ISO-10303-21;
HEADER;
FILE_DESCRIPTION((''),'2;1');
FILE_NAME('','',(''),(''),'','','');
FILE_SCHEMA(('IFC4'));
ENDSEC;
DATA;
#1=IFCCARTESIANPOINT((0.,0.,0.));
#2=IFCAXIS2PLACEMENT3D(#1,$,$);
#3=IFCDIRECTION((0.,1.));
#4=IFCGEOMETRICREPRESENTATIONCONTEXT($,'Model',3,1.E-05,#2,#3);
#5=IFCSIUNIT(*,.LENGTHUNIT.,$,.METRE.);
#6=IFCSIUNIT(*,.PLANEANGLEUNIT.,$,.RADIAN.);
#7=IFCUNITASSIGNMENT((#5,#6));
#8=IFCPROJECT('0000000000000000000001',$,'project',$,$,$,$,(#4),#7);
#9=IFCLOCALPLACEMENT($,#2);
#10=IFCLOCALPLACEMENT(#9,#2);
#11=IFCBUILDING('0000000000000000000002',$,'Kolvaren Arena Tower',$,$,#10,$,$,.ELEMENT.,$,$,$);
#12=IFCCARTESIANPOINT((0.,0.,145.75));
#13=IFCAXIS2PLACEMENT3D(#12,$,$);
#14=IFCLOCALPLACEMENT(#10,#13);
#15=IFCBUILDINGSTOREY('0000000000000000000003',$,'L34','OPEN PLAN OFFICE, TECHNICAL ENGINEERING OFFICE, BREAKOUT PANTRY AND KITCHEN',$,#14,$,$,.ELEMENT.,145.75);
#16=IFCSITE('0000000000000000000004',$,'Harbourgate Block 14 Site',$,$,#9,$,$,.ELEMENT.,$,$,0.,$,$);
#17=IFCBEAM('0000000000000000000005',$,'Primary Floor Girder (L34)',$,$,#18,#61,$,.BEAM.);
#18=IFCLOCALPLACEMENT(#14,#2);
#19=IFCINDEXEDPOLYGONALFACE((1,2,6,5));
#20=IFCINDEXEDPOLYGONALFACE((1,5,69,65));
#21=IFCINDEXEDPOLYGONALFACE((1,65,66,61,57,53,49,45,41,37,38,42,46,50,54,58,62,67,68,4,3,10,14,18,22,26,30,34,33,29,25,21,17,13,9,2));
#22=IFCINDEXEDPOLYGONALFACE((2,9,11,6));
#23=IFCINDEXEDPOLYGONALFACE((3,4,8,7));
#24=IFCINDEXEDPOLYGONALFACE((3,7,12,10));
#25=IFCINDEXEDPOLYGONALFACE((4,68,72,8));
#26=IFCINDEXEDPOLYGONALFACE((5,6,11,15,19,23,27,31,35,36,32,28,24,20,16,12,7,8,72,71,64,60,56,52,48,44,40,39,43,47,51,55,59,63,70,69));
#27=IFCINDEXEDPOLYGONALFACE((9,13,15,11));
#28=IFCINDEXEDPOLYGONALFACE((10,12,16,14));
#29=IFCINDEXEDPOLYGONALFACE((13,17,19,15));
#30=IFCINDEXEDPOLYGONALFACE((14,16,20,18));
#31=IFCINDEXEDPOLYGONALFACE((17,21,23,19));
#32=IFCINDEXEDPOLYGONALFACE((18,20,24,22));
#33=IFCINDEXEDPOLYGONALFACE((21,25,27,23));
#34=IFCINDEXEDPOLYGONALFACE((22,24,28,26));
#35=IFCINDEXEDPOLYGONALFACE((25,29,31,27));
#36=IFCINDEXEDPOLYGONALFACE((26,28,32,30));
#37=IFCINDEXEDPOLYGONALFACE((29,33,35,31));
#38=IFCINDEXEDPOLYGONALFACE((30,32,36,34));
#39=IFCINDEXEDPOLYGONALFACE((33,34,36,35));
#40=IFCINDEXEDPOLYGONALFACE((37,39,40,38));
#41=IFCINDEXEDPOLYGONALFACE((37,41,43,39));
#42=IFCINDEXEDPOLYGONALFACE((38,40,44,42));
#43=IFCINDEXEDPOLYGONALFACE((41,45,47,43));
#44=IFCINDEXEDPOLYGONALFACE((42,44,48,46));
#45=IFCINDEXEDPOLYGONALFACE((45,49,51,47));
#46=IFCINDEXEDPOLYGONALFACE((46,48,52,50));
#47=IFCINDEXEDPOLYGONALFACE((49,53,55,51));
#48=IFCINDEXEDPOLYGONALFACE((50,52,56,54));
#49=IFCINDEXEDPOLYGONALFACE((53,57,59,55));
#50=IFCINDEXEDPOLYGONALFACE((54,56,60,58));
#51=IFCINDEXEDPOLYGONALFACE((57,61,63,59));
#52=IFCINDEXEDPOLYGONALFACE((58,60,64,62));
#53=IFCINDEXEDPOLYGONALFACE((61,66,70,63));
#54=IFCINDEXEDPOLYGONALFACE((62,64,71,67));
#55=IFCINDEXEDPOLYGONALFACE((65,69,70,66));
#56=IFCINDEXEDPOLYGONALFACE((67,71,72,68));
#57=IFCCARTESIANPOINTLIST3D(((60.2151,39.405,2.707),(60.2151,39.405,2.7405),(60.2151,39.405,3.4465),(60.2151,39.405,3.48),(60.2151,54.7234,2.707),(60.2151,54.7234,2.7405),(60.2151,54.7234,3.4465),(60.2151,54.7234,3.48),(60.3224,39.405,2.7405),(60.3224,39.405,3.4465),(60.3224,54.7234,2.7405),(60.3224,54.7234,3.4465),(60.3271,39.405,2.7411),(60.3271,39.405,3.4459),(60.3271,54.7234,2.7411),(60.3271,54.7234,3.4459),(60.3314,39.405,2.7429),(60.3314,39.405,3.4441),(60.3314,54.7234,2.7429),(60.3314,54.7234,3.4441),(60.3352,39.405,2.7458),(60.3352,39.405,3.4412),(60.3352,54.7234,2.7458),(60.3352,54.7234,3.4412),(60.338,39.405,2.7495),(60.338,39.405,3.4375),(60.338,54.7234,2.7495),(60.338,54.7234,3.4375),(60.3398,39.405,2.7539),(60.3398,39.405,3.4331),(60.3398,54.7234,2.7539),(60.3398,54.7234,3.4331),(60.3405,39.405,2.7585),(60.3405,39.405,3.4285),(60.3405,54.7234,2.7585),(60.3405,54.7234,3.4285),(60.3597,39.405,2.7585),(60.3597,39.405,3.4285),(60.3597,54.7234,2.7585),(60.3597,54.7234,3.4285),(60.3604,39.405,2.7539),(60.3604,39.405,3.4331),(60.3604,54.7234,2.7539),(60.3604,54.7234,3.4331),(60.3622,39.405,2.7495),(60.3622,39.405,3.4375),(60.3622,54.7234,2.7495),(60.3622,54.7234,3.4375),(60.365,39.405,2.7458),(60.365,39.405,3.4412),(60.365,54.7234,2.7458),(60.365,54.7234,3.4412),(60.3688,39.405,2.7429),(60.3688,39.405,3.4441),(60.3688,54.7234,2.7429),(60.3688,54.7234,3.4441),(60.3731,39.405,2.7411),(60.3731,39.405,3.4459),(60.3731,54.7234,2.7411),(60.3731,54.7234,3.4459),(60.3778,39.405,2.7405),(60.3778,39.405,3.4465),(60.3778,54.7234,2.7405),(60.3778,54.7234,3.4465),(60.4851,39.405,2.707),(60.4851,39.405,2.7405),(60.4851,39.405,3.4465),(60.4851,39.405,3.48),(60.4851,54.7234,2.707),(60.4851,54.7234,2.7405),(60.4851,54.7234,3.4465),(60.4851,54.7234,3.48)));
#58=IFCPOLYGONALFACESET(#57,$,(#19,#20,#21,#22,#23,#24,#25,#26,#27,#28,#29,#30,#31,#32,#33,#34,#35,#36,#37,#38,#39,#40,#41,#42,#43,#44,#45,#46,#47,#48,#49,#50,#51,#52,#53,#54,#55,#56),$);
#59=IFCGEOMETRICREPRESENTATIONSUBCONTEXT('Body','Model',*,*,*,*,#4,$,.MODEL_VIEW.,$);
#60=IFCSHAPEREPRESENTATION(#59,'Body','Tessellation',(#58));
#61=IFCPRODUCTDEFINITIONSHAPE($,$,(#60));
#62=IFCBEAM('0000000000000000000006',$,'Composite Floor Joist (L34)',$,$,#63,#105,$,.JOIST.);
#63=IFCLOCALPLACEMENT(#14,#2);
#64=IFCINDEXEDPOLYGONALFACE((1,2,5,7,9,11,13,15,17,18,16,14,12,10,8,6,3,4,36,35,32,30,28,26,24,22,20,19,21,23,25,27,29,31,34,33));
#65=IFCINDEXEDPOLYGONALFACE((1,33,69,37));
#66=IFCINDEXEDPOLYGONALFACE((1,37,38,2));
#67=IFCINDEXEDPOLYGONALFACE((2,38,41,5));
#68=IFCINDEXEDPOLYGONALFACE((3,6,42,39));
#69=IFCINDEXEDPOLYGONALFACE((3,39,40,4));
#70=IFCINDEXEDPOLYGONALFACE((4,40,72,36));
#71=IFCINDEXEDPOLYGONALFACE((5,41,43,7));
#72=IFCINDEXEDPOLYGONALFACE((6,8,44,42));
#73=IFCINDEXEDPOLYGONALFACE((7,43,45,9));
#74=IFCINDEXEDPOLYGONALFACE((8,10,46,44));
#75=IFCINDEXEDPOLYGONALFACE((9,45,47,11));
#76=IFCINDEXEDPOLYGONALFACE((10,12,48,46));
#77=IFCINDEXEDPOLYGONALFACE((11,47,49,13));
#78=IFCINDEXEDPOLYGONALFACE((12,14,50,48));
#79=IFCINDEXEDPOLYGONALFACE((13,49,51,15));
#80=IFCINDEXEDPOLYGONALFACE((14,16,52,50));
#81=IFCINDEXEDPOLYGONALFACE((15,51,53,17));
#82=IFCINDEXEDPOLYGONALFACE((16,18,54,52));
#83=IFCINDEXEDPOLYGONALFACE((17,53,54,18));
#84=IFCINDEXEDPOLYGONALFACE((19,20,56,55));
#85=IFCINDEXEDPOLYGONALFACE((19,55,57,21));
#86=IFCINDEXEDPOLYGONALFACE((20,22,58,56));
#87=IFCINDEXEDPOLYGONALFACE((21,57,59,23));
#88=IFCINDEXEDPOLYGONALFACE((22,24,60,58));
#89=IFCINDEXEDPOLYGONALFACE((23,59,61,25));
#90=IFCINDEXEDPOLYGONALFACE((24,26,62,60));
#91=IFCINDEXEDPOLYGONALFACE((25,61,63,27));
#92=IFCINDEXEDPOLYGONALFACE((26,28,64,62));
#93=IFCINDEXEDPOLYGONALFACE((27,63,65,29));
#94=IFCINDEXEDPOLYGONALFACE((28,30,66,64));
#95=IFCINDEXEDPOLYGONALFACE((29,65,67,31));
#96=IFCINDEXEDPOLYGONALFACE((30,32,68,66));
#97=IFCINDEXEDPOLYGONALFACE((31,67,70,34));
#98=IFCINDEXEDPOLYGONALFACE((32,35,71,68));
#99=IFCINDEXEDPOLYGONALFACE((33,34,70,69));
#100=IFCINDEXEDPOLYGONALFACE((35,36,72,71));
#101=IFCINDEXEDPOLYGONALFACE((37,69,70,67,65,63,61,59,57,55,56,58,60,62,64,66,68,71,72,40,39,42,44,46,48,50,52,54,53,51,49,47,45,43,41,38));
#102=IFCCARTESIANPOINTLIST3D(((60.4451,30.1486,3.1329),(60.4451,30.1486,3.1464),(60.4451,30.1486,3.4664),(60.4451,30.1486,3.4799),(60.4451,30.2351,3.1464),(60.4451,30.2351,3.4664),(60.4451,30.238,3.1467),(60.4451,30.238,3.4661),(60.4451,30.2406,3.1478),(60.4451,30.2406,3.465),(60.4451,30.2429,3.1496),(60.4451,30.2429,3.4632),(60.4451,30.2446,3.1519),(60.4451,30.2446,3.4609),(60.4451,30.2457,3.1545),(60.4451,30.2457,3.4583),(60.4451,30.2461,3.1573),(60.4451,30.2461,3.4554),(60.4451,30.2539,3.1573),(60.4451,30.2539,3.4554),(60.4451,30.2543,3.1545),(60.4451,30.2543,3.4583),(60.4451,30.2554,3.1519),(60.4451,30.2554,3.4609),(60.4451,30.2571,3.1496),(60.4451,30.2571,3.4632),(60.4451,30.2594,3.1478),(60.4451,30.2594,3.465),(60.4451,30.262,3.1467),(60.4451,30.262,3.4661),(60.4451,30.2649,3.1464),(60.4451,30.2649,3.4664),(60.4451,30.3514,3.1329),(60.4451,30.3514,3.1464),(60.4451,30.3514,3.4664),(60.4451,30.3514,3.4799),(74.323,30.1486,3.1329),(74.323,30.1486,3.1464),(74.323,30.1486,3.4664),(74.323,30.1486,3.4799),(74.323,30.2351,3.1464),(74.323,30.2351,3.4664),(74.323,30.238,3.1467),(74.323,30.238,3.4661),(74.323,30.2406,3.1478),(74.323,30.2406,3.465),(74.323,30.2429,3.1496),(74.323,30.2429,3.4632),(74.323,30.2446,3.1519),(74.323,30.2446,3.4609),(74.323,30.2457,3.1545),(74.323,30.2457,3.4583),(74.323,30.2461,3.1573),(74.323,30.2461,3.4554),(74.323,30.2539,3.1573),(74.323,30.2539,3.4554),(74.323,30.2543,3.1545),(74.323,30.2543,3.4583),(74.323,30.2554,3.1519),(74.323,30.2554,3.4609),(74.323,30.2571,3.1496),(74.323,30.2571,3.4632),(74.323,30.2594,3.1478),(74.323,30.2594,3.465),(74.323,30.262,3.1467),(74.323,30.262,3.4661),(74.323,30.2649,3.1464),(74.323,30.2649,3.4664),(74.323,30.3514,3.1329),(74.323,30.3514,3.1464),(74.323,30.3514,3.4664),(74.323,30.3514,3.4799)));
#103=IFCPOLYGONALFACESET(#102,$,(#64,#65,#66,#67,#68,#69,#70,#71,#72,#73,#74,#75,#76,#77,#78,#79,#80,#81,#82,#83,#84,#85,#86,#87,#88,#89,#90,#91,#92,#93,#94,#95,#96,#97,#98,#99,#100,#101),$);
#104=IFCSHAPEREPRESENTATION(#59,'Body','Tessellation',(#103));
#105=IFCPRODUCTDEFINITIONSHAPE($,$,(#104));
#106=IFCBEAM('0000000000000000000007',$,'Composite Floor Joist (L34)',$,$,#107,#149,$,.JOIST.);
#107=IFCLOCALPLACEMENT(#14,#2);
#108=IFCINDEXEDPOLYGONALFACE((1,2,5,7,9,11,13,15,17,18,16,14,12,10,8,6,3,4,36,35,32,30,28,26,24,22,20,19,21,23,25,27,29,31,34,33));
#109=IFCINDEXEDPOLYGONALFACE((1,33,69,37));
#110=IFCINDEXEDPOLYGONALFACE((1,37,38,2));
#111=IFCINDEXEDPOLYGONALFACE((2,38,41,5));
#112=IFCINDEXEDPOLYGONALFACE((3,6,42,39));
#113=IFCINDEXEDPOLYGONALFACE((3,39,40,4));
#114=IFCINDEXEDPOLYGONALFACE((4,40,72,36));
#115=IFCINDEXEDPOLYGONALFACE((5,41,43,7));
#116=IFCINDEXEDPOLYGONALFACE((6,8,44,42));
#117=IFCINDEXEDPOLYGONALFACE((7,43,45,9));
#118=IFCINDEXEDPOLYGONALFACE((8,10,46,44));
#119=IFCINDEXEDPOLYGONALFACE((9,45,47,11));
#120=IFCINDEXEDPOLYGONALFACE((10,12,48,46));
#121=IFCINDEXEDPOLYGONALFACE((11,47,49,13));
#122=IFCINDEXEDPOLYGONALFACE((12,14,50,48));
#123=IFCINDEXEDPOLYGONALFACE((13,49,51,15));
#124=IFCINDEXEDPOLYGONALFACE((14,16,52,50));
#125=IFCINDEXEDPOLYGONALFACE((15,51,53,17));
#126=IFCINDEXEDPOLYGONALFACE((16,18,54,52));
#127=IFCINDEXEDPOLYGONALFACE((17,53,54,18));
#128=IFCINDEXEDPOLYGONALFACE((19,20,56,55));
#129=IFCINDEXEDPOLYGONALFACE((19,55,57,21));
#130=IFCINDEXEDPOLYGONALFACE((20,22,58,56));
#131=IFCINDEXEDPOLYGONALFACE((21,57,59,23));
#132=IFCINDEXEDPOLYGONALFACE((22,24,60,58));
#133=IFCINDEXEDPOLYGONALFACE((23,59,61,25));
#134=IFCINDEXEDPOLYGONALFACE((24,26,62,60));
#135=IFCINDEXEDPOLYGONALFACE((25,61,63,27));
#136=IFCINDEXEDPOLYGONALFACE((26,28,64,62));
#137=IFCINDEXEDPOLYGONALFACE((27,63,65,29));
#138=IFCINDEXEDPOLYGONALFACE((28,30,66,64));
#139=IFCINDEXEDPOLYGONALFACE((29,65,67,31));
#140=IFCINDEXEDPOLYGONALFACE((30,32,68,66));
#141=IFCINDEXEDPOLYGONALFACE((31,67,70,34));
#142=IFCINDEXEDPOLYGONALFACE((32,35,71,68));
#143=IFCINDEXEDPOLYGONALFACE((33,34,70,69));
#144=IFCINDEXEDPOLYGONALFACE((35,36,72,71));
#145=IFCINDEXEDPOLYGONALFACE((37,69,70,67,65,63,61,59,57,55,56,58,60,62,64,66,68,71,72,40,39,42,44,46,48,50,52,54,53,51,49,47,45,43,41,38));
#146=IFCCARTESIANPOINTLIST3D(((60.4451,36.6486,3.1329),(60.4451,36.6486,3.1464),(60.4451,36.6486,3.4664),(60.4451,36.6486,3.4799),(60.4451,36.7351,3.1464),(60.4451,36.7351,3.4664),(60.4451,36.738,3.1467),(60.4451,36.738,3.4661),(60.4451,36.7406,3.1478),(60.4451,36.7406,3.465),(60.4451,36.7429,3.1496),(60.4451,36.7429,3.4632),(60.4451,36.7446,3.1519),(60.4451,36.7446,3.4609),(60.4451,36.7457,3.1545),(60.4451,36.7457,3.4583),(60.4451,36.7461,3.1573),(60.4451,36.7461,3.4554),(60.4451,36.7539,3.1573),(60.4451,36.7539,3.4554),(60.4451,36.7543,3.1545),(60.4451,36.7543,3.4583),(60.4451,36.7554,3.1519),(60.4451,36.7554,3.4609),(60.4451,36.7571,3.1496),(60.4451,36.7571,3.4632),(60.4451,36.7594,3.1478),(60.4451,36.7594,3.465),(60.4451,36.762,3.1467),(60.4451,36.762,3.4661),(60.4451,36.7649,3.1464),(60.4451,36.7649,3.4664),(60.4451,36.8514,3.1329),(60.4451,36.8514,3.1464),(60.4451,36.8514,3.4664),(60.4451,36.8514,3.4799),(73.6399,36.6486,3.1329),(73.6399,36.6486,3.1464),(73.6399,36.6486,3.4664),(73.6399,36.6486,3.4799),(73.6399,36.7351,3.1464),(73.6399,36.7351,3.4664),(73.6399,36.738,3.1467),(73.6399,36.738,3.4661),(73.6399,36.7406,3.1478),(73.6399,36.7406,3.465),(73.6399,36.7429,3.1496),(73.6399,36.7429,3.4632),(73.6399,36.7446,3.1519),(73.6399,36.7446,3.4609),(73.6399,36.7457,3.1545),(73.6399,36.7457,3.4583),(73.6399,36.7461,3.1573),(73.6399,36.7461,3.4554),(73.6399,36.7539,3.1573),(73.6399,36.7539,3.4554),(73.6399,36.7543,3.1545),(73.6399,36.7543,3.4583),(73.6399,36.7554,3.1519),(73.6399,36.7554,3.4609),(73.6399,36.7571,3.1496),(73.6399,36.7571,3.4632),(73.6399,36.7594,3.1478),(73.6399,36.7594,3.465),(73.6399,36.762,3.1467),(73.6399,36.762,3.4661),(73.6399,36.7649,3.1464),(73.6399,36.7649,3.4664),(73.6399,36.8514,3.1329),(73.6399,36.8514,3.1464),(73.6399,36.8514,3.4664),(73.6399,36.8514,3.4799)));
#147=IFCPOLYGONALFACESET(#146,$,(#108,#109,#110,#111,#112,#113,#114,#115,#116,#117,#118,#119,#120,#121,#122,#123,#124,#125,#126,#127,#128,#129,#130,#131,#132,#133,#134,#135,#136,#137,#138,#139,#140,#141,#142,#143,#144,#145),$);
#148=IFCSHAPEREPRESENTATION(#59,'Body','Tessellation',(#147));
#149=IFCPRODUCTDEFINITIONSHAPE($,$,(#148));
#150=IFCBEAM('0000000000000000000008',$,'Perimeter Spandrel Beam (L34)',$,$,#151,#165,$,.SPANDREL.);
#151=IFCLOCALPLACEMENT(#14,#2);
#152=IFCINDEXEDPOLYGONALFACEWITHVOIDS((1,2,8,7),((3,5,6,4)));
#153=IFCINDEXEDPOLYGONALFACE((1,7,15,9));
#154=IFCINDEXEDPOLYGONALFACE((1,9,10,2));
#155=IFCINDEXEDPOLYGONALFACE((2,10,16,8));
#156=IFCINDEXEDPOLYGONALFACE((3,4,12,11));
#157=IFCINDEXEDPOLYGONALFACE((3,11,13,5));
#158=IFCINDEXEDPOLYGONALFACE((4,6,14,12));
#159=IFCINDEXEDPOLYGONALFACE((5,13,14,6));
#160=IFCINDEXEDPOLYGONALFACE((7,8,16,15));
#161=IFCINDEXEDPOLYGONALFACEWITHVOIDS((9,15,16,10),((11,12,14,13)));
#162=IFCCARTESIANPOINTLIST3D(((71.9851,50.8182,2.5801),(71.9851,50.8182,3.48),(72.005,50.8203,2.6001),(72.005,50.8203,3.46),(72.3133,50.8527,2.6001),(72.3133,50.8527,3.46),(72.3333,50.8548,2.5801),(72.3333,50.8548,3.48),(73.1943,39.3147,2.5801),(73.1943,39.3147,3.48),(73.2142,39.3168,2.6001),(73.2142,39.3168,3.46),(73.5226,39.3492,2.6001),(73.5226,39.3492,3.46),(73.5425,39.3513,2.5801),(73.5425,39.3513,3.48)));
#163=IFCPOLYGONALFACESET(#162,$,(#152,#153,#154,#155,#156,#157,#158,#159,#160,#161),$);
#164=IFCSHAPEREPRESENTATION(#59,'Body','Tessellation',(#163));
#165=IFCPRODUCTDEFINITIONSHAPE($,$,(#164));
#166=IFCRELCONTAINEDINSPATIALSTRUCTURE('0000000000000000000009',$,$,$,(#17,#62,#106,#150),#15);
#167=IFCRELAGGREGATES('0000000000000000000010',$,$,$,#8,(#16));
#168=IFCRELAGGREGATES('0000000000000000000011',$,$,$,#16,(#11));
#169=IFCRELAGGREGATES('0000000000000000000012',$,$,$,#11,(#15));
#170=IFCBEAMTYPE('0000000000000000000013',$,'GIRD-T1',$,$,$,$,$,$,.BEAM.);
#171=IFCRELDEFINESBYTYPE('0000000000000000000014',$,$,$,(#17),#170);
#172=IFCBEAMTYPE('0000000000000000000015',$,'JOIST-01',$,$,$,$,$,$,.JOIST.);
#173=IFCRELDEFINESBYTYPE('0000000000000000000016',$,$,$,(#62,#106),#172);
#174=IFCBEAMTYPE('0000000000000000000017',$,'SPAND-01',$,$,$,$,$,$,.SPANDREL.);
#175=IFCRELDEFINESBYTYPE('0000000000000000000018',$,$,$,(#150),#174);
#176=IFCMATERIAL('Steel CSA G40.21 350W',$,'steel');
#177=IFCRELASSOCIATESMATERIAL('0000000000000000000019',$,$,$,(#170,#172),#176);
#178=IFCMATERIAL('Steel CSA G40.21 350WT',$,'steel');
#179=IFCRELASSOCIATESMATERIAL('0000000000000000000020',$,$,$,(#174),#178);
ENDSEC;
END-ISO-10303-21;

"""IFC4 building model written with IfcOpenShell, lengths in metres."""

from ifc_helpers import new_model, si_unit, direction, frame, origin, origin_2d, place, context, subcontext, project, spatial, hollow_rectangle, i_section, extrude, material, material_profile, profile_set, type_object, element, save


model = new_model("IFC4")

# Units and contexts
model_context = context("Model", 3, precision=1e-05, world=origin(), true_north=direction((0.0, 1.0)))
body_context = subcontext(model_context, "Body", "Model", "MODEL_VIEW")
ifc_project = project(units=[si_unit("LENGTHUNIT", "METRE"), si_unit("PLANEANGLEUNIT", "RADIAN")], contexts=[model_context])

# Site, building, storey
site_placement = place(None, origin())
site = spatial("IfcSite", under=ifc_project, at=site_placement, Name="Harbourgate Block 14 Site", CompositionType="ELEMENT", RefElevation=0.0)
building_placement = place(site_placement, origin())
building = spatial("IfcBuilding", under=site, at=building_placement, Name="Kolvaren Arena Tower", CompositionType="ELEMENT")
storey_placement = place(building_placement, frame((0.0, 0.0, 145.75)))
storey = spatial("IfcBuildingStorey", under=building, at=storey_placement, Name="L34", Description="OPEN PLAN OFFICE, TECHNICAL ENGINEERING OFFICE, BREAKOUT PANTRY AND KITCHEN", CompositionType="ELEMENT", Elevation=145.75)

# Beams
ifc_material_1 = material(Name="Steel CSA G40.21 350W", Category="steel")
ifc_material_profile_1 = material_profile(ifc_material_1, i_section(OverallWidth=0.27, OverallDepth=0.7729, WebThickness=0.0193, FlangeThickness=0.0334, FilletRadius=0.0181, at=origin_2d()), Name="W760x257")
ifc_profile_set_1 = profile_set([ifc_material_profile_1], Name="Steel CSA G40.21 350W")
beam_type_1 = type_object("IfcBeamType", Name="GIRD-T1", PredefinedType="BEAM", material=ifc_profile_set_1)
beam_1_placement = place(storey_placement, frame((60.3501, 39.405, 3.0935), z_axis=(0.0, 1.0, 0.0), x_axis=(-1.0, 0.0, 0.0)))
element("IfcBeam", 1, at=beam_1_placement, inside=storey, type_object=beam_type_1, Name="Primary Floor Girder (L34)", PredefinedType="BEAM", context=body_context, shape_type="SweptSolid", body=[
    extrude(i_section(OverallWidth=0.27, OverallDepth=0.7729, WebThickness=0.0193, FlangeThickness=0.0334, FilletRadius=0.0181, at=origin_2d()), origin(), (0.0, 0.0, 1.0), 15.3184),
])
ifc_material_profile_2 = material_profile(ifc_material_1, i_section(OverallWidth=0.2029, OverallDepth=0.3469, WebThickness=0.0078, FlangeThickness=0.0134, FilletRadius=0.011, at=origin_2d()), Name="W360x64")
ifc_profile_set_2 = profile_set([ifc_material_profile_2], Name="Steel CSA G40.21 350W")
beam_type_2 = type_object("IfcBeamType", Name="JOIST-01", PredefinedType="JOIST", material=ifc_profile_set_2)
beam_2_placement = place(storey_placement, frame((60.4451, 30.25, 3.3064), z_axis=(1.0, 0.0, 0.0), x_axis=(0.0, 1.0, 0.0)))
element("IfcBeam", 2, at=beam_2_placement, inside=storey, type_object=beam_type_2, Name="Composite Floor Joist (L34)", PredefinedType="JOIST", context=body_context, shape_type="SweptSolid", body=[
    extrude(i_section(OverallWidth=0.2029, OverallDepth=0.3469, WebThickness=0.0078, FlangeThickness=0.0134, FilletRadius=0.011, at=origin_2d()), origin(), (0.0, 0.0, 1.0), 13.8779),
])
beam_3_placement = place(storey_placement, frame((60.4451, 36.75, 3.3064), z_axis=(1.0, 0.0, 0.0), x_axis=(0.0, 1.0, 0.0)))
element("IfcBeam", 3, at=beam_3_placement, inside=storey, type_object=beam_type_2, Name="Composite Floor Joist (L34)", PredefinedType="JOIST", context=body_context, shape_type="SweptSolid", body=[
    extrude(i_section(OverallWidth=0.2029, OverallDepth=0.3469, WebThickness=0.0078, FlangeThickness=0.0134, FilletRadius=0.011, at=origin_2d()), origin(), (0.0, 0.0, 1.0), 13.1948),
])
ifc_material_2 = material(Name="Steel CSA G40.21 350WT", Category="steel")
ifc_material_profile_3 = material_profile(ifc_material_2, hollow_rectangle(XDim=0.3501, YDim=0.8999, WallThickness=0.02, at=origin_2d()), Name="HSS 900x350x20")
ifc_profile_set_3 = profile_set([ifc_material_profile_3], Name="Steel CSA G40.21 350WT")
beam_type_3 = type_object("IfcBeamType", Name="SPAND-01", PredefinedType="SPANDREL", material=ifc_profile_set_3)
beam_4_placement = place(storey_placement, frame((73.3684, 39.333, 3.03), z_axis=(-0.104543, 0.99452, 0.0), x_axis=(-0.99452, -0.104543, 0.0)))
element("IfcBeam", 4, at=beam_4_placement, inside=storey, type_object=beam_type_3, Name="Perimeter Spandrel Beam (L34)", PredefinedType="SPANDREL", context=body_context, shape_type="SweptSolid", body=[
    extrude(hollow_rectangle(XDim=0.3501, YDim=0.8999, WallThickness=0.02, at=origin_2d()), origin(), (0.0, 0.0, 1.0), 11.5669),
])

save(model, "model.ifc")
